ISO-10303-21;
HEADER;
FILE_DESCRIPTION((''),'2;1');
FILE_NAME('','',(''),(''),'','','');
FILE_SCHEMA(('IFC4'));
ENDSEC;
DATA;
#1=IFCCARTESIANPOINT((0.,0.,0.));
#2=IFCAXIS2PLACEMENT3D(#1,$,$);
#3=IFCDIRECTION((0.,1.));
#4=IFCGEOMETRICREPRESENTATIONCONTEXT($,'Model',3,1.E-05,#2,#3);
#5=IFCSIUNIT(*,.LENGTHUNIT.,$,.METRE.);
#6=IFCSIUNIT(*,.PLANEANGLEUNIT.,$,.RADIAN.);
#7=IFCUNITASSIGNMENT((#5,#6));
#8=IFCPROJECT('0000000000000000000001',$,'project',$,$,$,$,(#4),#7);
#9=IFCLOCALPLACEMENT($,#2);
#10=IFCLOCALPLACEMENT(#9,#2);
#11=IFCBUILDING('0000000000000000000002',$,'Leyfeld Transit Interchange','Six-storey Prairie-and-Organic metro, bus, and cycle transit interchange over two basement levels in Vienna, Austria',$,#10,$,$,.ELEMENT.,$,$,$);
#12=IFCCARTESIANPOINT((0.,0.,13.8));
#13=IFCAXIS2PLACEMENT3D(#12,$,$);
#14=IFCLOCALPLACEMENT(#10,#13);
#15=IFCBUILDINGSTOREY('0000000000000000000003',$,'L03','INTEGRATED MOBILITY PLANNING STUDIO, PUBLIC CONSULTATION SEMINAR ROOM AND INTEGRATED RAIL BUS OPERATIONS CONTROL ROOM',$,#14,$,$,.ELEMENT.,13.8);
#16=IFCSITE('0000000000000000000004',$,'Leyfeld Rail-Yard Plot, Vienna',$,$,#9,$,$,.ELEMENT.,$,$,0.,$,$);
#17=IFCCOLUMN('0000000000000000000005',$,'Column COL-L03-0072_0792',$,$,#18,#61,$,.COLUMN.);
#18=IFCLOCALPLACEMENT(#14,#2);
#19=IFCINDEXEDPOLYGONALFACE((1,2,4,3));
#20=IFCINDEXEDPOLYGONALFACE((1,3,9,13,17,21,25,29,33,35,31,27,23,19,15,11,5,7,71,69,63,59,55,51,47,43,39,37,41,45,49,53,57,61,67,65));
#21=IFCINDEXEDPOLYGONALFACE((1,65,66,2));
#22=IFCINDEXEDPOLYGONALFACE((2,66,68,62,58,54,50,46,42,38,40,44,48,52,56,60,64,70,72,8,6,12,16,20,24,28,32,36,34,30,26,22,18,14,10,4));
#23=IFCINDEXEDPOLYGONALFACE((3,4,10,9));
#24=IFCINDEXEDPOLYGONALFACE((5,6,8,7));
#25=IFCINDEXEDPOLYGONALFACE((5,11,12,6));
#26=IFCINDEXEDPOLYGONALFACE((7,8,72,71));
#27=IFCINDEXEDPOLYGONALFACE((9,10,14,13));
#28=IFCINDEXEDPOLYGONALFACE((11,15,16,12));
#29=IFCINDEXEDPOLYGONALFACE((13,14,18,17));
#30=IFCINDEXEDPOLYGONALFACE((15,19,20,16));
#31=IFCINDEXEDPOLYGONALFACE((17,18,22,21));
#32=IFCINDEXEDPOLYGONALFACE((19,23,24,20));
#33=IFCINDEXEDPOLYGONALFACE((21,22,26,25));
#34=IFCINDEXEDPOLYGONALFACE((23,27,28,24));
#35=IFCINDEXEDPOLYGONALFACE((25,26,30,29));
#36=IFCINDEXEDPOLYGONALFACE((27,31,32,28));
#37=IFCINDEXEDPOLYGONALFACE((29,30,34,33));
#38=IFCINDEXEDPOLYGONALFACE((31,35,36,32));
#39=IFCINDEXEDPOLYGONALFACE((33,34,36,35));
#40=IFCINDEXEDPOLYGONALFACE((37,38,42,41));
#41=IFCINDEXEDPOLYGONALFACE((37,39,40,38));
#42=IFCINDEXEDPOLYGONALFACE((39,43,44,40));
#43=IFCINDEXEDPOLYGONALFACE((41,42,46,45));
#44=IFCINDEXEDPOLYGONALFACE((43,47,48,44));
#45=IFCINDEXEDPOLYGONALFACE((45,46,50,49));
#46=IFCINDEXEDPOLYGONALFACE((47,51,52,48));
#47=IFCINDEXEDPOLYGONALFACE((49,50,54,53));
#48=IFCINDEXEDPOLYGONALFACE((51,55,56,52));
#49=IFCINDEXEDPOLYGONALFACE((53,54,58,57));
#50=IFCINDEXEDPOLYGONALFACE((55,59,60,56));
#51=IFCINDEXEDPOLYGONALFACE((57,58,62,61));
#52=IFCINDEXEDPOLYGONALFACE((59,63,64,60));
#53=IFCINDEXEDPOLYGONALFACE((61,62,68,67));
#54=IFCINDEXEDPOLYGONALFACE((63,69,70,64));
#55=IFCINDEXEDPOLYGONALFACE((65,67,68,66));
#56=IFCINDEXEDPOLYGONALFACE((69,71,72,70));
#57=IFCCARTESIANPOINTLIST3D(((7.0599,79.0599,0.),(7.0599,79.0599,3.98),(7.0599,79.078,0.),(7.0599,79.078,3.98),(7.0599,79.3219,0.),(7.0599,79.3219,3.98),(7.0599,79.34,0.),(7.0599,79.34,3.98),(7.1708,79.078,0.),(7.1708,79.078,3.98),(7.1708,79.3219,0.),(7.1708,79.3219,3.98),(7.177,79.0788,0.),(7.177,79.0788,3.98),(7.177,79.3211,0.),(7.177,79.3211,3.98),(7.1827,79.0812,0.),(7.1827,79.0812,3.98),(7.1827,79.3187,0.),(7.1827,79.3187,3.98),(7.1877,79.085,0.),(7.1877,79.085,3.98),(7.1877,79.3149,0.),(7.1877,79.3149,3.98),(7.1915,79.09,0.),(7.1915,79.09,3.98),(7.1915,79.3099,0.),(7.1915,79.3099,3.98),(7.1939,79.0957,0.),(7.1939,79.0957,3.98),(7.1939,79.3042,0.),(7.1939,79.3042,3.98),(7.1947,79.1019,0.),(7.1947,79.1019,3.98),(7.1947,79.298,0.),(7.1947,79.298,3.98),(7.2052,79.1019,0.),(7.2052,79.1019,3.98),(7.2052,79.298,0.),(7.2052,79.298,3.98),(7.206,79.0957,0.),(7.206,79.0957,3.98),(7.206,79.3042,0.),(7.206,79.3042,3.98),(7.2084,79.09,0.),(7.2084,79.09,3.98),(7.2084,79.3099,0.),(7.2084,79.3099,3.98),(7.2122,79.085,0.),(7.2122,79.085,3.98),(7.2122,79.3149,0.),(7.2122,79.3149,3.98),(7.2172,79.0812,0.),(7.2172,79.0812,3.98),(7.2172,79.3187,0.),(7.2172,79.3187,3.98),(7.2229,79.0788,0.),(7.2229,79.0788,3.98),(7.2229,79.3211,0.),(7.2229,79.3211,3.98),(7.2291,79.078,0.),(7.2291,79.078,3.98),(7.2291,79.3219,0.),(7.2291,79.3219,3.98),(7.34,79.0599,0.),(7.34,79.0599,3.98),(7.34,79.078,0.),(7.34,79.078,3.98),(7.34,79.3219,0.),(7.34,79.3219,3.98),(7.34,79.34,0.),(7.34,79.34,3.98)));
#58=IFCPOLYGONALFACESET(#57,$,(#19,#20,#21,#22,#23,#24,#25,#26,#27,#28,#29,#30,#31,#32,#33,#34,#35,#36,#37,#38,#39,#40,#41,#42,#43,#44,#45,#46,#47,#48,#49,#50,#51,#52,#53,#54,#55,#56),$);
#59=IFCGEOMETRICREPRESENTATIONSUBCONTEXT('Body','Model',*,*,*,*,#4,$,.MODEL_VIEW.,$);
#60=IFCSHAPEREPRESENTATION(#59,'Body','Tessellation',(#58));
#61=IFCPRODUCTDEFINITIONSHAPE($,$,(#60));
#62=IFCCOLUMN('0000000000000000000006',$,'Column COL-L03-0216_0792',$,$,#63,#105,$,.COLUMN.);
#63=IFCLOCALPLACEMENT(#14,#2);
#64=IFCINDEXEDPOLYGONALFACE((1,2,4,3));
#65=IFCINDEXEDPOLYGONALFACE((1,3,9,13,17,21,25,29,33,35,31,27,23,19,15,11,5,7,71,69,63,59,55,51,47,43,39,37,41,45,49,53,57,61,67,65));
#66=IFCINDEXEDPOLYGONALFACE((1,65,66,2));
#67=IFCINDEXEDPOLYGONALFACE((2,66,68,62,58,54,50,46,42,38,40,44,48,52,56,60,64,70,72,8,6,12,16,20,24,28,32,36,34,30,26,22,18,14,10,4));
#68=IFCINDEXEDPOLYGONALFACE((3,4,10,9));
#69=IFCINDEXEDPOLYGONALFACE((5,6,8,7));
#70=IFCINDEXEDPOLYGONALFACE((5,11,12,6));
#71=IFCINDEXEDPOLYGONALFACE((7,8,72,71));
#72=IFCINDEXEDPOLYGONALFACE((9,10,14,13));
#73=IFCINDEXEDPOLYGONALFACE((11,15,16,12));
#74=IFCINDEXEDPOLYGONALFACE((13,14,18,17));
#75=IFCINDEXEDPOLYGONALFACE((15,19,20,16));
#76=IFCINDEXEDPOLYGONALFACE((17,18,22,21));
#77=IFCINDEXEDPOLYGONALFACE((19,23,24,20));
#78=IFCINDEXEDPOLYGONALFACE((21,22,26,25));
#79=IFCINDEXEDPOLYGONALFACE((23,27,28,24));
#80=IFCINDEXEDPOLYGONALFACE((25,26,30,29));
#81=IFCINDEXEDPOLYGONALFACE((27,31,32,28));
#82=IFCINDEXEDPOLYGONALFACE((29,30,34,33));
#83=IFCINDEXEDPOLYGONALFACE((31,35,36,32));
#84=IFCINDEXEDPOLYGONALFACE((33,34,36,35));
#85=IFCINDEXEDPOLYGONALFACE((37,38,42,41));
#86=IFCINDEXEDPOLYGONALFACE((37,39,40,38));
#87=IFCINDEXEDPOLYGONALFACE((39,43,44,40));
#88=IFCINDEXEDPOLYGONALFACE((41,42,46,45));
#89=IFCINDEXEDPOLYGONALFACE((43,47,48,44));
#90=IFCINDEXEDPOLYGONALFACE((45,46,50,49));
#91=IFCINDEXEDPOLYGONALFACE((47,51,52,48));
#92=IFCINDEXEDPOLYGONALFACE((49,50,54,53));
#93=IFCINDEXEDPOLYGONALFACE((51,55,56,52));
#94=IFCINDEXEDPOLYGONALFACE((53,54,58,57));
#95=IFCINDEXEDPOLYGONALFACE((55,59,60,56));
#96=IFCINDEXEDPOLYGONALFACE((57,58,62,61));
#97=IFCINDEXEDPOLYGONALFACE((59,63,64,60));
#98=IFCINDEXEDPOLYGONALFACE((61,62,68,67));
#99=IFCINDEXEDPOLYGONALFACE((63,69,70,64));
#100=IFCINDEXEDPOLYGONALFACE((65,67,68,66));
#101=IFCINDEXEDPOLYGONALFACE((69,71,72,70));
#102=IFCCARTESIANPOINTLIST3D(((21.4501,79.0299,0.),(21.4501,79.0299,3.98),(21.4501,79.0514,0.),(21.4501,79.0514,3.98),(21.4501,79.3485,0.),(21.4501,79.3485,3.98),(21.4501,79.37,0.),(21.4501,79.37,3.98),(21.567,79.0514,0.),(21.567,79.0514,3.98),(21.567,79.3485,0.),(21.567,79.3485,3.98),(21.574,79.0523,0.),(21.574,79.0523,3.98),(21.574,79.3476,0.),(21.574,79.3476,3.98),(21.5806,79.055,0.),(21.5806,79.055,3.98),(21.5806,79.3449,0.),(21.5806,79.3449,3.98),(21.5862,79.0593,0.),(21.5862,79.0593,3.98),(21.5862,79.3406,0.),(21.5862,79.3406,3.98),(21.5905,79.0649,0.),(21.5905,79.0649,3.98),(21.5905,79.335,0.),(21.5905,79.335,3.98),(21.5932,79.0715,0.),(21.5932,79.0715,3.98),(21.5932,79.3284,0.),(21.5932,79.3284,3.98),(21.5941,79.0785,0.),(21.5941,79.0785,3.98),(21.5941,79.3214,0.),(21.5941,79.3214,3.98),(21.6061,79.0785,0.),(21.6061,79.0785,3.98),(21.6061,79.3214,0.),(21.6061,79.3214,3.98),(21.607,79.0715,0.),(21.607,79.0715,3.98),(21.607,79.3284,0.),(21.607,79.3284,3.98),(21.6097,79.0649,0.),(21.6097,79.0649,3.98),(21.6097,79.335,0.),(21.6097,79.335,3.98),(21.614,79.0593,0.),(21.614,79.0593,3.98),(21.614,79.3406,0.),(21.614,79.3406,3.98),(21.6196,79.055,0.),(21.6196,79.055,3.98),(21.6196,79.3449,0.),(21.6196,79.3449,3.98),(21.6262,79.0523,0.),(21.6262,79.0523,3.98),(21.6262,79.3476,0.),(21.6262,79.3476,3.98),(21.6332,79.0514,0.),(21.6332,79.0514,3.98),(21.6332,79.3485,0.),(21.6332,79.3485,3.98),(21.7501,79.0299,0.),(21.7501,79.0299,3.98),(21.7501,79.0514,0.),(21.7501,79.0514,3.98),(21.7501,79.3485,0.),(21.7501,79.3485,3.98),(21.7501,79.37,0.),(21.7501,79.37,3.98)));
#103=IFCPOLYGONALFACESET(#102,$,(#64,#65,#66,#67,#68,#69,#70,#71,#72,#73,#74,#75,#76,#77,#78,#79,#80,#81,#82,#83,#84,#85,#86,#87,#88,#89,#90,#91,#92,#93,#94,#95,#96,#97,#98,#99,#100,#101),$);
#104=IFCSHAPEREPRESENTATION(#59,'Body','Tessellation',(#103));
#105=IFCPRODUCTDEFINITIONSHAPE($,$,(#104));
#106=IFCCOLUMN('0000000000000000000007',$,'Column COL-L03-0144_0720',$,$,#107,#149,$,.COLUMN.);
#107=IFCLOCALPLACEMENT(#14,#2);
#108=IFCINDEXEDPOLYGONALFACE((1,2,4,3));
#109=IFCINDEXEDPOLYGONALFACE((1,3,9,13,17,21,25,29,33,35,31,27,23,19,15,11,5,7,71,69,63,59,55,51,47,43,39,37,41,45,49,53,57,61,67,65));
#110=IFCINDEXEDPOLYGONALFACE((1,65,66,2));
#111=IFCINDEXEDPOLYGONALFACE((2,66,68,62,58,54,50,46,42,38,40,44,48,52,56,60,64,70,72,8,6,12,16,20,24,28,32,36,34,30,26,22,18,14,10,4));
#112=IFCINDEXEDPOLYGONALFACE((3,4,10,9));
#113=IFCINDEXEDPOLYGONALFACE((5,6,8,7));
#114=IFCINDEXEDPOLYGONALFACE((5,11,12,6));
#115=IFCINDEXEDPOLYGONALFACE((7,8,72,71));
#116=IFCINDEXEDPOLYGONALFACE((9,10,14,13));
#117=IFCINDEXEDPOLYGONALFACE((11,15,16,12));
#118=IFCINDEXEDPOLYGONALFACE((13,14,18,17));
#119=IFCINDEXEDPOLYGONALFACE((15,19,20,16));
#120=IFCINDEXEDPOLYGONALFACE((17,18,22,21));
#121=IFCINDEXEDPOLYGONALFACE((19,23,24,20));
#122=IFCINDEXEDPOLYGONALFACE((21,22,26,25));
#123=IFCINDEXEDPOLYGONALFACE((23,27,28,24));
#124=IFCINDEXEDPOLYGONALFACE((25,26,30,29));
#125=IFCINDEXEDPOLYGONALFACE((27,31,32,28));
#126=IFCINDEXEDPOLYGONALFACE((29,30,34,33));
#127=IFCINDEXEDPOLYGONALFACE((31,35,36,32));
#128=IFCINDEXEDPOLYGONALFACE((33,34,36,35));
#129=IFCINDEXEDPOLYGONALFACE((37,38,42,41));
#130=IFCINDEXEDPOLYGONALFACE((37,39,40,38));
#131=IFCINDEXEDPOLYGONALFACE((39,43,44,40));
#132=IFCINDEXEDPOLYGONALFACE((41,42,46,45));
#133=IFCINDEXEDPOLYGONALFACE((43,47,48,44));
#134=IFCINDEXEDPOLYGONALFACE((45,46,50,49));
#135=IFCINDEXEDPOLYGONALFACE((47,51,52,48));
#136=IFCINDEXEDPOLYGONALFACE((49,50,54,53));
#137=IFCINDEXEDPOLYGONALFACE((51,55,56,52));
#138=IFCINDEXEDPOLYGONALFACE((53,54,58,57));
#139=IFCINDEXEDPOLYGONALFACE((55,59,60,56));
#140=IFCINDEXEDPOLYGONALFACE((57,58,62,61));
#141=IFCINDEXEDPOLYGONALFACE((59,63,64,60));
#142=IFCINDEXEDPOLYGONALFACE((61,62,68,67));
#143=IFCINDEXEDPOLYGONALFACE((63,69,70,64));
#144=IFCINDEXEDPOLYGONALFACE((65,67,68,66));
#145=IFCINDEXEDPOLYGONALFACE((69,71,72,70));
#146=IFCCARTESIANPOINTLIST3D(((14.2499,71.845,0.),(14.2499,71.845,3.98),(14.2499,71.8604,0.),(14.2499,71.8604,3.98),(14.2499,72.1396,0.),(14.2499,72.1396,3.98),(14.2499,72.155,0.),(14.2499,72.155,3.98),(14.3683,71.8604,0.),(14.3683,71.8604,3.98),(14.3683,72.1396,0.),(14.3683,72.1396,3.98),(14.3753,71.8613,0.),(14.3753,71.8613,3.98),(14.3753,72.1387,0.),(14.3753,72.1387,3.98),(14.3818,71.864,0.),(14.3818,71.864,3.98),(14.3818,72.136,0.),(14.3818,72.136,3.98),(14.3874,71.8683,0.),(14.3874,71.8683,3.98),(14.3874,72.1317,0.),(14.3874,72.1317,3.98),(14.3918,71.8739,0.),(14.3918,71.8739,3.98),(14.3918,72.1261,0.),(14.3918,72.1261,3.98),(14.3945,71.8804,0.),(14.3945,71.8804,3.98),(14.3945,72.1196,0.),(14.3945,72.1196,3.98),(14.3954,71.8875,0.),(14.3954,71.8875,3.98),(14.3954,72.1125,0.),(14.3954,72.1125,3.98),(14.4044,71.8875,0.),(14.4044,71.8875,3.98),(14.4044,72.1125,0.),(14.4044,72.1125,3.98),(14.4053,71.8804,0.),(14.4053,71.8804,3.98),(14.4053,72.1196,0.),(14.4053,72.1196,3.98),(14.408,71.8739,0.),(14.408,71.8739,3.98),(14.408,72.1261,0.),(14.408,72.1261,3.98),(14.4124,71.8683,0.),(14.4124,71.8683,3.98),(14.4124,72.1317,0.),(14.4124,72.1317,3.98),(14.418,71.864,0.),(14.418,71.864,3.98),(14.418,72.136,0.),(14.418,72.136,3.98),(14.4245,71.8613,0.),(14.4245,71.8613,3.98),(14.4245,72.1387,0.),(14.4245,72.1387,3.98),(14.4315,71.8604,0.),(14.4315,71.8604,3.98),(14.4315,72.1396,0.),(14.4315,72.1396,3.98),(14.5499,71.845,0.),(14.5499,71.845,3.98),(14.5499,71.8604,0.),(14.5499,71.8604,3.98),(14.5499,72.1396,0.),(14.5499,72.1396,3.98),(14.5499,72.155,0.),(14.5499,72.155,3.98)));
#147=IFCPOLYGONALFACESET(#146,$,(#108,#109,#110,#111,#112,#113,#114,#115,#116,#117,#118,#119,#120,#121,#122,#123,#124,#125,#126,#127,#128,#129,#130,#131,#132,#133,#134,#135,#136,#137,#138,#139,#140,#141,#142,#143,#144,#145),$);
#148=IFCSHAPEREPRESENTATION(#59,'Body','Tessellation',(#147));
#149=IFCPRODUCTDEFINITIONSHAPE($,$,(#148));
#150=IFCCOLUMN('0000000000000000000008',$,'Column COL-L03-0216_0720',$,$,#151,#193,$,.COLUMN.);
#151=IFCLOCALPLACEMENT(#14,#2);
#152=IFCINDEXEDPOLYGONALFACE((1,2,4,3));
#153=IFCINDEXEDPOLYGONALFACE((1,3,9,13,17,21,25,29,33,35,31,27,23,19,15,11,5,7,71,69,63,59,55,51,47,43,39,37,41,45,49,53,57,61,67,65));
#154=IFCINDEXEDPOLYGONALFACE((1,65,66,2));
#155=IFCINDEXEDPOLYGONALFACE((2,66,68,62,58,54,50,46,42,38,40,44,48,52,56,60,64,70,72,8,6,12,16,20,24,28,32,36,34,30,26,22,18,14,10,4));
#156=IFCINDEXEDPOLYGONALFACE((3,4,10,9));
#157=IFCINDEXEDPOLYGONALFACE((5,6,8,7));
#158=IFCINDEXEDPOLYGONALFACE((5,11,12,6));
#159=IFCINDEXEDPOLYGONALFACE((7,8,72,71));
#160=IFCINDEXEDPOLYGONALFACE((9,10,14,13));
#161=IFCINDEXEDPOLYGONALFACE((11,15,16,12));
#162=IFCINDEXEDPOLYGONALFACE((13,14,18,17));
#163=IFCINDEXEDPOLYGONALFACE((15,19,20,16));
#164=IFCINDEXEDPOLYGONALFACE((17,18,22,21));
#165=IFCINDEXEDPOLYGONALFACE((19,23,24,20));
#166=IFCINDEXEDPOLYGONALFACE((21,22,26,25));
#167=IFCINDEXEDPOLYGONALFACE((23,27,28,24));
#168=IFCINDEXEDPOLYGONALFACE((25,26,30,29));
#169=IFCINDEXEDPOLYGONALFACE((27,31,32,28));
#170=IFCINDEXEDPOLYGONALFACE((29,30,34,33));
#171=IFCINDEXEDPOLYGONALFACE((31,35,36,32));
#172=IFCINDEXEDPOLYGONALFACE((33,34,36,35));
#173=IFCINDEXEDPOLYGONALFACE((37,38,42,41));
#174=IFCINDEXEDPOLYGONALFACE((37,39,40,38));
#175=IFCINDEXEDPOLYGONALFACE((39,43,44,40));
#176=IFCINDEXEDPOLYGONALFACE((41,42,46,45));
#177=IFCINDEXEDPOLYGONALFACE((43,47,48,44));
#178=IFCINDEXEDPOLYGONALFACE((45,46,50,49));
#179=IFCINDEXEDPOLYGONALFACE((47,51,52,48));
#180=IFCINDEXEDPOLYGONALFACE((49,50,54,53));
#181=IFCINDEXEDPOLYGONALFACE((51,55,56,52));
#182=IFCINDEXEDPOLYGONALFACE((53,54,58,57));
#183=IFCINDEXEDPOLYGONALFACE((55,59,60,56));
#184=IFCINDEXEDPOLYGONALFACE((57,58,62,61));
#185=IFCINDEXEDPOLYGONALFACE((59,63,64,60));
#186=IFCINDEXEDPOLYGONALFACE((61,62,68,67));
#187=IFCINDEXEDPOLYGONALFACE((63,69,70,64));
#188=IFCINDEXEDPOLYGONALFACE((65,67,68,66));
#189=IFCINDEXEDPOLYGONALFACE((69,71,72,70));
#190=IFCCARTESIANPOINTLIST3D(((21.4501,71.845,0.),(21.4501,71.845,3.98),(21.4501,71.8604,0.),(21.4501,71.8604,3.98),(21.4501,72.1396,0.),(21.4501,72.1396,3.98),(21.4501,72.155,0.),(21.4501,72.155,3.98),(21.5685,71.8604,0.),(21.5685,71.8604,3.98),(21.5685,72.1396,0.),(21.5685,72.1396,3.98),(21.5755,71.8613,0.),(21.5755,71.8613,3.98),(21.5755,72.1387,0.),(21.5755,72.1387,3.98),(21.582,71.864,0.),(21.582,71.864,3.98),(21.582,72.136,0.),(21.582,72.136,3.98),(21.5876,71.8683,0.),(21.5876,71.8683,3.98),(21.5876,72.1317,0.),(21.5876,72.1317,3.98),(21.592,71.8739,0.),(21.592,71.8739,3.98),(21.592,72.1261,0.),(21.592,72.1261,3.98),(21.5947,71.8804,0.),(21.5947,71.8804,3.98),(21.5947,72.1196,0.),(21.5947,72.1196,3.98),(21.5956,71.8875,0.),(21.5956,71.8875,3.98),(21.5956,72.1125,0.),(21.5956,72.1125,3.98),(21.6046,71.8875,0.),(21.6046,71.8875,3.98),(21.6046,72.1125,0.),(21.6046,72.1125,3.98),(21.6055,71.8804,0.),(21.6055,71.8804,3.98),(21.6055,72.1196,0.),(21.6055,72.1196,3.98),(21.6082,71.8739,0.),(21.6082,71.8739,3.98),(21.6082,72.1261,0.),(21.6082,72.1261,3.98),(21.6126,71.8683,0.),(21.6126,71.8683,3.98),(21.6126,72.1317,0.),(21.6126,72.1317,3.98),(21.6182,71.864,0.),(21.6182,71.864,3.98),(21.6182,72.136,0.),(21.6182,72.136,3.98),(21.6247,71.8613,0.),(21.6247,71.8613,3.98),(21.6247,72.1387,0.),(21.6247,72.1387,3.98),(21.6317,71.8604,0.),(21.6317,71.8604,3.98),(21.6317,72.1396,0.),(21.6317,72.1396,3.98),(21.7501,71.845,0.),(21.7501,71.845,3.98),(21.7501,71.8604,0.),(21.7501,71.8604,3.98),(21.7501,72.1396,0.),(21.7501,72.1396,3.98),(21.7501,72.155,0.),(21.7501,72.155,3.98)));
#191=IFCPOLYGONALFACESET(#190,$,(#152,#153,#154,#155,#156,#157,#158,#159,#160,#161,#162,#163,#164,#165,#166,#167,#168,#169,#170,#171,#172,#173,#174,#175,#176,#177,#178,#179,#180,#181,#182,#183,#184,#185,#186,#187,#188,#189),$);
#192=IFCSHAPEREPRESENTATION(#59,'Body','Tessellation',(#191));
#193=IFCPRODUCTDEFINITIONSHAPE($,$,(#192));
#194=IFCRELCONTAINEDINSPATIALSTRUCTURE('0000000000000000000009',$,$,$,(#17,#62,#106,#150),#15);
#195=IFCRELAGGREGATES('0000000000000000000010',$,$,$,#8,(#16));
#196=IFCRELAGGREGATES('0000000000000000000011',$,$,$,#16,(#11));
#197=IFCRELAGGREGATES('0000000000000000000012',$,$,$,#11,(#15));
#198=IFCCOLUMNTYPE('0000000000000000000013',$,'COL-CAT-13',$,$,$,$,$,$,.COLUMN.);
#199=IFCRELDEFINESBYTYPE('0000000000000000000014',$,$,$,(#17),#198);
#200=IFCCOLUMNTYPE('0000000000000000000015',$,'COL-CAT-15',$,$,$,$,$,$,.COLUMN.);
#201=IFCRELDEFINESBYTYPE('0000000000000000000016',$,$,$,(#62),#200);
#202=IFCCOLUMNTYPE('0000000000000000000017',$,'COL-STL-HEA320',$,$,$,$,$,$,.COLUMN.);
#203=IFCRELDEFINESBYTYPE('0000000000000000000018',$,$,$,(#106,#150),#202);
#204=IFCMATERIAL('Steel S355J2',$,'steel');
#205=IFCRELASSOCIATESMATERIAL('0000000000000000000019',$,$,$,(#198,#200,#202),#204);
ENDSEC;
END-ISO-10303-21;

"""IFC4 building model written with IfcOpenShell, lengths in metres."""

from ifc_helpers import new_model, si_unit, direction, frame, origin, origin_2d, place, context, subcontext, project, spatial, i_section, extrude, material, material_profile, profile_set, type_object, element, save


model = new_model("IFC4")

# Units and contexts
model_context = context("Model", 3, precision=1e-05, world=origin(), true_north=direction((0.0, 1.0)))
body_context = subcontext(model_context, "Body", "Model", "MODEL_VIEW")
ifc_project = project(units=[si_unit("LENGTHUNIT", "METRE"), si_unit("PLANEANGLEUNIT", "RADIAN")], contexts=[model_context])

# Site, building, storey
site_placement = place(None, origin())
site = spatial("IfcSite", under=ifc_project, at=site_placement, Name="Leyfeld Rail-Yard Plot, Vienna", CompositionType="ELEMENT", RefElevation=0.0)
building_placement = place(site_placement, origin())
building = spatial("IfcBuilding", under=site, at=building_placement, Name="Leyfeld Transit Interchange", Description="Six-storey Prairie-and-Organic metro, bus, and cycle transit interchange over two basement levels in Vienna, Austria", CompositionType="ELEMENT")
storey_placement = place(building_placement, frame((0.0, 0.0, 13.8)))
storey = spatial("IfcBuildingStorey", under=building, at=storey_placement, Name="L03", Description="INTEGRATED MOBILITY PLANNING STUDIO, PUBLIC CONSULTATION SEMINAR ROOM AND INTEGRATED RAIL BUS OPERATIONS CONTROL ROOM", CompositionType="ELEMENT", Elevation=13.8)

# Columns
ifc_material_1 = material(Name="Steel S355J2", Category="steel")
ifc_material_profile_1 = material_profile(ifc_material_1, i_section(OverallWidth=0.28, OverallDepth=0.28, WebThickness=0.0105, FlangeThickness=0.0181, FilletRadius=0.0239, at=origin_2d()), Name="HEB 280")
ifc_profile_set_1 = profile_set([ifc_material_profile_1], Name="Steel S355J2")
column_type_1 = type_object("IfcColumnType", Name="COL-CAT-13", PredefinedType="COLUMN", material=ifc_profile_set_1)
column_1_placement = place(storey_placement, frame((7.2, 79.2, 0.0), z_axis=(0.0, 0.0, 1.0), x_axis=(1.0, 0.0, 0.0)))
element("IfcColumn", 1, at=column_1_placement, inside=storey, type_object=column_type_1, Name="Column COL-L03-0072_0792", PredefinedType="COLUMN", context=body_context, shape_type="SweptSolid", body=[
    extrude(i_section(OverallWidth=0.28, OverallDepth=0.28, WebThickness=0.0105, FlangeThickness=0.0181, FilletRadius=0.0239, at=origin_2d()), origin(), (0.0, 0.0, 1.0), 3.98),
])
ifc_material_profile_2 = material_profile(ifc_material_1, i_section(OverallWidth=0.3, OverallDepth=0.3401, WebThickness=0.012, FlangeThickness=0.0215, FilletRadius=0.0271, at=origin_2d()), Name="HEB 340")
ifc_profile_set_2 = profile_set([ifc_material_profile_2], Name="Steel S355J2")
column_type_2 = type_object("IfcColumnType", Name="COL-CAT-15", PredefinedType="COLUMN", material=ifc_profile_set_2)
column_2_placement = place(storey_placement, frame((21.6001, 79.2, 0.0), z_axis=(0.0, 0.0, 1.0), x_axis=(1.0, 0.0, 0.0)))
element("IfcColumn", 2, at=column_2_placement, inside=storey, type_object=column_type_2, Name="Column COL-L03-0216_0792", PredefinedType="COLUMN", context=body_context, shape_type="SweptSolid", body=[
    extrude(i_section(OverallWidth=0.3, OverallDepth=0.3401, WebThickness=0.012, FlangeThickness=0.0215, FilletRadius=0.0271, at=origin_2d()), origin(), (0.0, 0.0, 1.0), 3.98),
])
ifc_material_profile_3 = material_profile(ifc_material_1, i_section(OverallWidth=0.3, OverallDepth=0.3101, WebThickness=0.009, FlangeThickness=0.0154, FilletRadius=0.0271, at=origin_2d()), Name="HEA 320")
ifc_profile_set_3 = profile_set([ifc_material_profile_3], Name="Steel S355J2")
column_type_3 = type_object("IfcColumnType", Name="COL-STL-HEA320", PredefinedType="COLUMN", material=ifc_profile_set_3)
for number, where, z_axis, x_axis, name in (
    (3, (14.3999, 72.0, 0.0), (0.0, 0.0, 1.0), (1.0, 0.0, 0.0), "Column COL-L03-0144_0720"),
    (4, (21.6001, 72.0, 0.0), (0.0, 0.0, 1.0), (1.0, 0.0, 0.0), "Column COL-L03-0216_0720"),
):
    element("IfcColumn", number, at=place(storey_placement, frame(where, z_axis=z_axis, x_axis=x_axis)), inside=storey, type_object=column_type_3, Name=name, PredefinedType="COLUMN", context=body_context, shape_type="SweptSolid", body=[
        extrude(i_section(OverallWidth=0.3, OverallDepth=0.3101, WebThickness=0.009, FlangeThickness=0.0154, FilletRadius=0.0271, at=origin_2d()), origin(), (0.0, 0.0, 1.0), 3.98),
    ])

save(model, "model.ifc")
